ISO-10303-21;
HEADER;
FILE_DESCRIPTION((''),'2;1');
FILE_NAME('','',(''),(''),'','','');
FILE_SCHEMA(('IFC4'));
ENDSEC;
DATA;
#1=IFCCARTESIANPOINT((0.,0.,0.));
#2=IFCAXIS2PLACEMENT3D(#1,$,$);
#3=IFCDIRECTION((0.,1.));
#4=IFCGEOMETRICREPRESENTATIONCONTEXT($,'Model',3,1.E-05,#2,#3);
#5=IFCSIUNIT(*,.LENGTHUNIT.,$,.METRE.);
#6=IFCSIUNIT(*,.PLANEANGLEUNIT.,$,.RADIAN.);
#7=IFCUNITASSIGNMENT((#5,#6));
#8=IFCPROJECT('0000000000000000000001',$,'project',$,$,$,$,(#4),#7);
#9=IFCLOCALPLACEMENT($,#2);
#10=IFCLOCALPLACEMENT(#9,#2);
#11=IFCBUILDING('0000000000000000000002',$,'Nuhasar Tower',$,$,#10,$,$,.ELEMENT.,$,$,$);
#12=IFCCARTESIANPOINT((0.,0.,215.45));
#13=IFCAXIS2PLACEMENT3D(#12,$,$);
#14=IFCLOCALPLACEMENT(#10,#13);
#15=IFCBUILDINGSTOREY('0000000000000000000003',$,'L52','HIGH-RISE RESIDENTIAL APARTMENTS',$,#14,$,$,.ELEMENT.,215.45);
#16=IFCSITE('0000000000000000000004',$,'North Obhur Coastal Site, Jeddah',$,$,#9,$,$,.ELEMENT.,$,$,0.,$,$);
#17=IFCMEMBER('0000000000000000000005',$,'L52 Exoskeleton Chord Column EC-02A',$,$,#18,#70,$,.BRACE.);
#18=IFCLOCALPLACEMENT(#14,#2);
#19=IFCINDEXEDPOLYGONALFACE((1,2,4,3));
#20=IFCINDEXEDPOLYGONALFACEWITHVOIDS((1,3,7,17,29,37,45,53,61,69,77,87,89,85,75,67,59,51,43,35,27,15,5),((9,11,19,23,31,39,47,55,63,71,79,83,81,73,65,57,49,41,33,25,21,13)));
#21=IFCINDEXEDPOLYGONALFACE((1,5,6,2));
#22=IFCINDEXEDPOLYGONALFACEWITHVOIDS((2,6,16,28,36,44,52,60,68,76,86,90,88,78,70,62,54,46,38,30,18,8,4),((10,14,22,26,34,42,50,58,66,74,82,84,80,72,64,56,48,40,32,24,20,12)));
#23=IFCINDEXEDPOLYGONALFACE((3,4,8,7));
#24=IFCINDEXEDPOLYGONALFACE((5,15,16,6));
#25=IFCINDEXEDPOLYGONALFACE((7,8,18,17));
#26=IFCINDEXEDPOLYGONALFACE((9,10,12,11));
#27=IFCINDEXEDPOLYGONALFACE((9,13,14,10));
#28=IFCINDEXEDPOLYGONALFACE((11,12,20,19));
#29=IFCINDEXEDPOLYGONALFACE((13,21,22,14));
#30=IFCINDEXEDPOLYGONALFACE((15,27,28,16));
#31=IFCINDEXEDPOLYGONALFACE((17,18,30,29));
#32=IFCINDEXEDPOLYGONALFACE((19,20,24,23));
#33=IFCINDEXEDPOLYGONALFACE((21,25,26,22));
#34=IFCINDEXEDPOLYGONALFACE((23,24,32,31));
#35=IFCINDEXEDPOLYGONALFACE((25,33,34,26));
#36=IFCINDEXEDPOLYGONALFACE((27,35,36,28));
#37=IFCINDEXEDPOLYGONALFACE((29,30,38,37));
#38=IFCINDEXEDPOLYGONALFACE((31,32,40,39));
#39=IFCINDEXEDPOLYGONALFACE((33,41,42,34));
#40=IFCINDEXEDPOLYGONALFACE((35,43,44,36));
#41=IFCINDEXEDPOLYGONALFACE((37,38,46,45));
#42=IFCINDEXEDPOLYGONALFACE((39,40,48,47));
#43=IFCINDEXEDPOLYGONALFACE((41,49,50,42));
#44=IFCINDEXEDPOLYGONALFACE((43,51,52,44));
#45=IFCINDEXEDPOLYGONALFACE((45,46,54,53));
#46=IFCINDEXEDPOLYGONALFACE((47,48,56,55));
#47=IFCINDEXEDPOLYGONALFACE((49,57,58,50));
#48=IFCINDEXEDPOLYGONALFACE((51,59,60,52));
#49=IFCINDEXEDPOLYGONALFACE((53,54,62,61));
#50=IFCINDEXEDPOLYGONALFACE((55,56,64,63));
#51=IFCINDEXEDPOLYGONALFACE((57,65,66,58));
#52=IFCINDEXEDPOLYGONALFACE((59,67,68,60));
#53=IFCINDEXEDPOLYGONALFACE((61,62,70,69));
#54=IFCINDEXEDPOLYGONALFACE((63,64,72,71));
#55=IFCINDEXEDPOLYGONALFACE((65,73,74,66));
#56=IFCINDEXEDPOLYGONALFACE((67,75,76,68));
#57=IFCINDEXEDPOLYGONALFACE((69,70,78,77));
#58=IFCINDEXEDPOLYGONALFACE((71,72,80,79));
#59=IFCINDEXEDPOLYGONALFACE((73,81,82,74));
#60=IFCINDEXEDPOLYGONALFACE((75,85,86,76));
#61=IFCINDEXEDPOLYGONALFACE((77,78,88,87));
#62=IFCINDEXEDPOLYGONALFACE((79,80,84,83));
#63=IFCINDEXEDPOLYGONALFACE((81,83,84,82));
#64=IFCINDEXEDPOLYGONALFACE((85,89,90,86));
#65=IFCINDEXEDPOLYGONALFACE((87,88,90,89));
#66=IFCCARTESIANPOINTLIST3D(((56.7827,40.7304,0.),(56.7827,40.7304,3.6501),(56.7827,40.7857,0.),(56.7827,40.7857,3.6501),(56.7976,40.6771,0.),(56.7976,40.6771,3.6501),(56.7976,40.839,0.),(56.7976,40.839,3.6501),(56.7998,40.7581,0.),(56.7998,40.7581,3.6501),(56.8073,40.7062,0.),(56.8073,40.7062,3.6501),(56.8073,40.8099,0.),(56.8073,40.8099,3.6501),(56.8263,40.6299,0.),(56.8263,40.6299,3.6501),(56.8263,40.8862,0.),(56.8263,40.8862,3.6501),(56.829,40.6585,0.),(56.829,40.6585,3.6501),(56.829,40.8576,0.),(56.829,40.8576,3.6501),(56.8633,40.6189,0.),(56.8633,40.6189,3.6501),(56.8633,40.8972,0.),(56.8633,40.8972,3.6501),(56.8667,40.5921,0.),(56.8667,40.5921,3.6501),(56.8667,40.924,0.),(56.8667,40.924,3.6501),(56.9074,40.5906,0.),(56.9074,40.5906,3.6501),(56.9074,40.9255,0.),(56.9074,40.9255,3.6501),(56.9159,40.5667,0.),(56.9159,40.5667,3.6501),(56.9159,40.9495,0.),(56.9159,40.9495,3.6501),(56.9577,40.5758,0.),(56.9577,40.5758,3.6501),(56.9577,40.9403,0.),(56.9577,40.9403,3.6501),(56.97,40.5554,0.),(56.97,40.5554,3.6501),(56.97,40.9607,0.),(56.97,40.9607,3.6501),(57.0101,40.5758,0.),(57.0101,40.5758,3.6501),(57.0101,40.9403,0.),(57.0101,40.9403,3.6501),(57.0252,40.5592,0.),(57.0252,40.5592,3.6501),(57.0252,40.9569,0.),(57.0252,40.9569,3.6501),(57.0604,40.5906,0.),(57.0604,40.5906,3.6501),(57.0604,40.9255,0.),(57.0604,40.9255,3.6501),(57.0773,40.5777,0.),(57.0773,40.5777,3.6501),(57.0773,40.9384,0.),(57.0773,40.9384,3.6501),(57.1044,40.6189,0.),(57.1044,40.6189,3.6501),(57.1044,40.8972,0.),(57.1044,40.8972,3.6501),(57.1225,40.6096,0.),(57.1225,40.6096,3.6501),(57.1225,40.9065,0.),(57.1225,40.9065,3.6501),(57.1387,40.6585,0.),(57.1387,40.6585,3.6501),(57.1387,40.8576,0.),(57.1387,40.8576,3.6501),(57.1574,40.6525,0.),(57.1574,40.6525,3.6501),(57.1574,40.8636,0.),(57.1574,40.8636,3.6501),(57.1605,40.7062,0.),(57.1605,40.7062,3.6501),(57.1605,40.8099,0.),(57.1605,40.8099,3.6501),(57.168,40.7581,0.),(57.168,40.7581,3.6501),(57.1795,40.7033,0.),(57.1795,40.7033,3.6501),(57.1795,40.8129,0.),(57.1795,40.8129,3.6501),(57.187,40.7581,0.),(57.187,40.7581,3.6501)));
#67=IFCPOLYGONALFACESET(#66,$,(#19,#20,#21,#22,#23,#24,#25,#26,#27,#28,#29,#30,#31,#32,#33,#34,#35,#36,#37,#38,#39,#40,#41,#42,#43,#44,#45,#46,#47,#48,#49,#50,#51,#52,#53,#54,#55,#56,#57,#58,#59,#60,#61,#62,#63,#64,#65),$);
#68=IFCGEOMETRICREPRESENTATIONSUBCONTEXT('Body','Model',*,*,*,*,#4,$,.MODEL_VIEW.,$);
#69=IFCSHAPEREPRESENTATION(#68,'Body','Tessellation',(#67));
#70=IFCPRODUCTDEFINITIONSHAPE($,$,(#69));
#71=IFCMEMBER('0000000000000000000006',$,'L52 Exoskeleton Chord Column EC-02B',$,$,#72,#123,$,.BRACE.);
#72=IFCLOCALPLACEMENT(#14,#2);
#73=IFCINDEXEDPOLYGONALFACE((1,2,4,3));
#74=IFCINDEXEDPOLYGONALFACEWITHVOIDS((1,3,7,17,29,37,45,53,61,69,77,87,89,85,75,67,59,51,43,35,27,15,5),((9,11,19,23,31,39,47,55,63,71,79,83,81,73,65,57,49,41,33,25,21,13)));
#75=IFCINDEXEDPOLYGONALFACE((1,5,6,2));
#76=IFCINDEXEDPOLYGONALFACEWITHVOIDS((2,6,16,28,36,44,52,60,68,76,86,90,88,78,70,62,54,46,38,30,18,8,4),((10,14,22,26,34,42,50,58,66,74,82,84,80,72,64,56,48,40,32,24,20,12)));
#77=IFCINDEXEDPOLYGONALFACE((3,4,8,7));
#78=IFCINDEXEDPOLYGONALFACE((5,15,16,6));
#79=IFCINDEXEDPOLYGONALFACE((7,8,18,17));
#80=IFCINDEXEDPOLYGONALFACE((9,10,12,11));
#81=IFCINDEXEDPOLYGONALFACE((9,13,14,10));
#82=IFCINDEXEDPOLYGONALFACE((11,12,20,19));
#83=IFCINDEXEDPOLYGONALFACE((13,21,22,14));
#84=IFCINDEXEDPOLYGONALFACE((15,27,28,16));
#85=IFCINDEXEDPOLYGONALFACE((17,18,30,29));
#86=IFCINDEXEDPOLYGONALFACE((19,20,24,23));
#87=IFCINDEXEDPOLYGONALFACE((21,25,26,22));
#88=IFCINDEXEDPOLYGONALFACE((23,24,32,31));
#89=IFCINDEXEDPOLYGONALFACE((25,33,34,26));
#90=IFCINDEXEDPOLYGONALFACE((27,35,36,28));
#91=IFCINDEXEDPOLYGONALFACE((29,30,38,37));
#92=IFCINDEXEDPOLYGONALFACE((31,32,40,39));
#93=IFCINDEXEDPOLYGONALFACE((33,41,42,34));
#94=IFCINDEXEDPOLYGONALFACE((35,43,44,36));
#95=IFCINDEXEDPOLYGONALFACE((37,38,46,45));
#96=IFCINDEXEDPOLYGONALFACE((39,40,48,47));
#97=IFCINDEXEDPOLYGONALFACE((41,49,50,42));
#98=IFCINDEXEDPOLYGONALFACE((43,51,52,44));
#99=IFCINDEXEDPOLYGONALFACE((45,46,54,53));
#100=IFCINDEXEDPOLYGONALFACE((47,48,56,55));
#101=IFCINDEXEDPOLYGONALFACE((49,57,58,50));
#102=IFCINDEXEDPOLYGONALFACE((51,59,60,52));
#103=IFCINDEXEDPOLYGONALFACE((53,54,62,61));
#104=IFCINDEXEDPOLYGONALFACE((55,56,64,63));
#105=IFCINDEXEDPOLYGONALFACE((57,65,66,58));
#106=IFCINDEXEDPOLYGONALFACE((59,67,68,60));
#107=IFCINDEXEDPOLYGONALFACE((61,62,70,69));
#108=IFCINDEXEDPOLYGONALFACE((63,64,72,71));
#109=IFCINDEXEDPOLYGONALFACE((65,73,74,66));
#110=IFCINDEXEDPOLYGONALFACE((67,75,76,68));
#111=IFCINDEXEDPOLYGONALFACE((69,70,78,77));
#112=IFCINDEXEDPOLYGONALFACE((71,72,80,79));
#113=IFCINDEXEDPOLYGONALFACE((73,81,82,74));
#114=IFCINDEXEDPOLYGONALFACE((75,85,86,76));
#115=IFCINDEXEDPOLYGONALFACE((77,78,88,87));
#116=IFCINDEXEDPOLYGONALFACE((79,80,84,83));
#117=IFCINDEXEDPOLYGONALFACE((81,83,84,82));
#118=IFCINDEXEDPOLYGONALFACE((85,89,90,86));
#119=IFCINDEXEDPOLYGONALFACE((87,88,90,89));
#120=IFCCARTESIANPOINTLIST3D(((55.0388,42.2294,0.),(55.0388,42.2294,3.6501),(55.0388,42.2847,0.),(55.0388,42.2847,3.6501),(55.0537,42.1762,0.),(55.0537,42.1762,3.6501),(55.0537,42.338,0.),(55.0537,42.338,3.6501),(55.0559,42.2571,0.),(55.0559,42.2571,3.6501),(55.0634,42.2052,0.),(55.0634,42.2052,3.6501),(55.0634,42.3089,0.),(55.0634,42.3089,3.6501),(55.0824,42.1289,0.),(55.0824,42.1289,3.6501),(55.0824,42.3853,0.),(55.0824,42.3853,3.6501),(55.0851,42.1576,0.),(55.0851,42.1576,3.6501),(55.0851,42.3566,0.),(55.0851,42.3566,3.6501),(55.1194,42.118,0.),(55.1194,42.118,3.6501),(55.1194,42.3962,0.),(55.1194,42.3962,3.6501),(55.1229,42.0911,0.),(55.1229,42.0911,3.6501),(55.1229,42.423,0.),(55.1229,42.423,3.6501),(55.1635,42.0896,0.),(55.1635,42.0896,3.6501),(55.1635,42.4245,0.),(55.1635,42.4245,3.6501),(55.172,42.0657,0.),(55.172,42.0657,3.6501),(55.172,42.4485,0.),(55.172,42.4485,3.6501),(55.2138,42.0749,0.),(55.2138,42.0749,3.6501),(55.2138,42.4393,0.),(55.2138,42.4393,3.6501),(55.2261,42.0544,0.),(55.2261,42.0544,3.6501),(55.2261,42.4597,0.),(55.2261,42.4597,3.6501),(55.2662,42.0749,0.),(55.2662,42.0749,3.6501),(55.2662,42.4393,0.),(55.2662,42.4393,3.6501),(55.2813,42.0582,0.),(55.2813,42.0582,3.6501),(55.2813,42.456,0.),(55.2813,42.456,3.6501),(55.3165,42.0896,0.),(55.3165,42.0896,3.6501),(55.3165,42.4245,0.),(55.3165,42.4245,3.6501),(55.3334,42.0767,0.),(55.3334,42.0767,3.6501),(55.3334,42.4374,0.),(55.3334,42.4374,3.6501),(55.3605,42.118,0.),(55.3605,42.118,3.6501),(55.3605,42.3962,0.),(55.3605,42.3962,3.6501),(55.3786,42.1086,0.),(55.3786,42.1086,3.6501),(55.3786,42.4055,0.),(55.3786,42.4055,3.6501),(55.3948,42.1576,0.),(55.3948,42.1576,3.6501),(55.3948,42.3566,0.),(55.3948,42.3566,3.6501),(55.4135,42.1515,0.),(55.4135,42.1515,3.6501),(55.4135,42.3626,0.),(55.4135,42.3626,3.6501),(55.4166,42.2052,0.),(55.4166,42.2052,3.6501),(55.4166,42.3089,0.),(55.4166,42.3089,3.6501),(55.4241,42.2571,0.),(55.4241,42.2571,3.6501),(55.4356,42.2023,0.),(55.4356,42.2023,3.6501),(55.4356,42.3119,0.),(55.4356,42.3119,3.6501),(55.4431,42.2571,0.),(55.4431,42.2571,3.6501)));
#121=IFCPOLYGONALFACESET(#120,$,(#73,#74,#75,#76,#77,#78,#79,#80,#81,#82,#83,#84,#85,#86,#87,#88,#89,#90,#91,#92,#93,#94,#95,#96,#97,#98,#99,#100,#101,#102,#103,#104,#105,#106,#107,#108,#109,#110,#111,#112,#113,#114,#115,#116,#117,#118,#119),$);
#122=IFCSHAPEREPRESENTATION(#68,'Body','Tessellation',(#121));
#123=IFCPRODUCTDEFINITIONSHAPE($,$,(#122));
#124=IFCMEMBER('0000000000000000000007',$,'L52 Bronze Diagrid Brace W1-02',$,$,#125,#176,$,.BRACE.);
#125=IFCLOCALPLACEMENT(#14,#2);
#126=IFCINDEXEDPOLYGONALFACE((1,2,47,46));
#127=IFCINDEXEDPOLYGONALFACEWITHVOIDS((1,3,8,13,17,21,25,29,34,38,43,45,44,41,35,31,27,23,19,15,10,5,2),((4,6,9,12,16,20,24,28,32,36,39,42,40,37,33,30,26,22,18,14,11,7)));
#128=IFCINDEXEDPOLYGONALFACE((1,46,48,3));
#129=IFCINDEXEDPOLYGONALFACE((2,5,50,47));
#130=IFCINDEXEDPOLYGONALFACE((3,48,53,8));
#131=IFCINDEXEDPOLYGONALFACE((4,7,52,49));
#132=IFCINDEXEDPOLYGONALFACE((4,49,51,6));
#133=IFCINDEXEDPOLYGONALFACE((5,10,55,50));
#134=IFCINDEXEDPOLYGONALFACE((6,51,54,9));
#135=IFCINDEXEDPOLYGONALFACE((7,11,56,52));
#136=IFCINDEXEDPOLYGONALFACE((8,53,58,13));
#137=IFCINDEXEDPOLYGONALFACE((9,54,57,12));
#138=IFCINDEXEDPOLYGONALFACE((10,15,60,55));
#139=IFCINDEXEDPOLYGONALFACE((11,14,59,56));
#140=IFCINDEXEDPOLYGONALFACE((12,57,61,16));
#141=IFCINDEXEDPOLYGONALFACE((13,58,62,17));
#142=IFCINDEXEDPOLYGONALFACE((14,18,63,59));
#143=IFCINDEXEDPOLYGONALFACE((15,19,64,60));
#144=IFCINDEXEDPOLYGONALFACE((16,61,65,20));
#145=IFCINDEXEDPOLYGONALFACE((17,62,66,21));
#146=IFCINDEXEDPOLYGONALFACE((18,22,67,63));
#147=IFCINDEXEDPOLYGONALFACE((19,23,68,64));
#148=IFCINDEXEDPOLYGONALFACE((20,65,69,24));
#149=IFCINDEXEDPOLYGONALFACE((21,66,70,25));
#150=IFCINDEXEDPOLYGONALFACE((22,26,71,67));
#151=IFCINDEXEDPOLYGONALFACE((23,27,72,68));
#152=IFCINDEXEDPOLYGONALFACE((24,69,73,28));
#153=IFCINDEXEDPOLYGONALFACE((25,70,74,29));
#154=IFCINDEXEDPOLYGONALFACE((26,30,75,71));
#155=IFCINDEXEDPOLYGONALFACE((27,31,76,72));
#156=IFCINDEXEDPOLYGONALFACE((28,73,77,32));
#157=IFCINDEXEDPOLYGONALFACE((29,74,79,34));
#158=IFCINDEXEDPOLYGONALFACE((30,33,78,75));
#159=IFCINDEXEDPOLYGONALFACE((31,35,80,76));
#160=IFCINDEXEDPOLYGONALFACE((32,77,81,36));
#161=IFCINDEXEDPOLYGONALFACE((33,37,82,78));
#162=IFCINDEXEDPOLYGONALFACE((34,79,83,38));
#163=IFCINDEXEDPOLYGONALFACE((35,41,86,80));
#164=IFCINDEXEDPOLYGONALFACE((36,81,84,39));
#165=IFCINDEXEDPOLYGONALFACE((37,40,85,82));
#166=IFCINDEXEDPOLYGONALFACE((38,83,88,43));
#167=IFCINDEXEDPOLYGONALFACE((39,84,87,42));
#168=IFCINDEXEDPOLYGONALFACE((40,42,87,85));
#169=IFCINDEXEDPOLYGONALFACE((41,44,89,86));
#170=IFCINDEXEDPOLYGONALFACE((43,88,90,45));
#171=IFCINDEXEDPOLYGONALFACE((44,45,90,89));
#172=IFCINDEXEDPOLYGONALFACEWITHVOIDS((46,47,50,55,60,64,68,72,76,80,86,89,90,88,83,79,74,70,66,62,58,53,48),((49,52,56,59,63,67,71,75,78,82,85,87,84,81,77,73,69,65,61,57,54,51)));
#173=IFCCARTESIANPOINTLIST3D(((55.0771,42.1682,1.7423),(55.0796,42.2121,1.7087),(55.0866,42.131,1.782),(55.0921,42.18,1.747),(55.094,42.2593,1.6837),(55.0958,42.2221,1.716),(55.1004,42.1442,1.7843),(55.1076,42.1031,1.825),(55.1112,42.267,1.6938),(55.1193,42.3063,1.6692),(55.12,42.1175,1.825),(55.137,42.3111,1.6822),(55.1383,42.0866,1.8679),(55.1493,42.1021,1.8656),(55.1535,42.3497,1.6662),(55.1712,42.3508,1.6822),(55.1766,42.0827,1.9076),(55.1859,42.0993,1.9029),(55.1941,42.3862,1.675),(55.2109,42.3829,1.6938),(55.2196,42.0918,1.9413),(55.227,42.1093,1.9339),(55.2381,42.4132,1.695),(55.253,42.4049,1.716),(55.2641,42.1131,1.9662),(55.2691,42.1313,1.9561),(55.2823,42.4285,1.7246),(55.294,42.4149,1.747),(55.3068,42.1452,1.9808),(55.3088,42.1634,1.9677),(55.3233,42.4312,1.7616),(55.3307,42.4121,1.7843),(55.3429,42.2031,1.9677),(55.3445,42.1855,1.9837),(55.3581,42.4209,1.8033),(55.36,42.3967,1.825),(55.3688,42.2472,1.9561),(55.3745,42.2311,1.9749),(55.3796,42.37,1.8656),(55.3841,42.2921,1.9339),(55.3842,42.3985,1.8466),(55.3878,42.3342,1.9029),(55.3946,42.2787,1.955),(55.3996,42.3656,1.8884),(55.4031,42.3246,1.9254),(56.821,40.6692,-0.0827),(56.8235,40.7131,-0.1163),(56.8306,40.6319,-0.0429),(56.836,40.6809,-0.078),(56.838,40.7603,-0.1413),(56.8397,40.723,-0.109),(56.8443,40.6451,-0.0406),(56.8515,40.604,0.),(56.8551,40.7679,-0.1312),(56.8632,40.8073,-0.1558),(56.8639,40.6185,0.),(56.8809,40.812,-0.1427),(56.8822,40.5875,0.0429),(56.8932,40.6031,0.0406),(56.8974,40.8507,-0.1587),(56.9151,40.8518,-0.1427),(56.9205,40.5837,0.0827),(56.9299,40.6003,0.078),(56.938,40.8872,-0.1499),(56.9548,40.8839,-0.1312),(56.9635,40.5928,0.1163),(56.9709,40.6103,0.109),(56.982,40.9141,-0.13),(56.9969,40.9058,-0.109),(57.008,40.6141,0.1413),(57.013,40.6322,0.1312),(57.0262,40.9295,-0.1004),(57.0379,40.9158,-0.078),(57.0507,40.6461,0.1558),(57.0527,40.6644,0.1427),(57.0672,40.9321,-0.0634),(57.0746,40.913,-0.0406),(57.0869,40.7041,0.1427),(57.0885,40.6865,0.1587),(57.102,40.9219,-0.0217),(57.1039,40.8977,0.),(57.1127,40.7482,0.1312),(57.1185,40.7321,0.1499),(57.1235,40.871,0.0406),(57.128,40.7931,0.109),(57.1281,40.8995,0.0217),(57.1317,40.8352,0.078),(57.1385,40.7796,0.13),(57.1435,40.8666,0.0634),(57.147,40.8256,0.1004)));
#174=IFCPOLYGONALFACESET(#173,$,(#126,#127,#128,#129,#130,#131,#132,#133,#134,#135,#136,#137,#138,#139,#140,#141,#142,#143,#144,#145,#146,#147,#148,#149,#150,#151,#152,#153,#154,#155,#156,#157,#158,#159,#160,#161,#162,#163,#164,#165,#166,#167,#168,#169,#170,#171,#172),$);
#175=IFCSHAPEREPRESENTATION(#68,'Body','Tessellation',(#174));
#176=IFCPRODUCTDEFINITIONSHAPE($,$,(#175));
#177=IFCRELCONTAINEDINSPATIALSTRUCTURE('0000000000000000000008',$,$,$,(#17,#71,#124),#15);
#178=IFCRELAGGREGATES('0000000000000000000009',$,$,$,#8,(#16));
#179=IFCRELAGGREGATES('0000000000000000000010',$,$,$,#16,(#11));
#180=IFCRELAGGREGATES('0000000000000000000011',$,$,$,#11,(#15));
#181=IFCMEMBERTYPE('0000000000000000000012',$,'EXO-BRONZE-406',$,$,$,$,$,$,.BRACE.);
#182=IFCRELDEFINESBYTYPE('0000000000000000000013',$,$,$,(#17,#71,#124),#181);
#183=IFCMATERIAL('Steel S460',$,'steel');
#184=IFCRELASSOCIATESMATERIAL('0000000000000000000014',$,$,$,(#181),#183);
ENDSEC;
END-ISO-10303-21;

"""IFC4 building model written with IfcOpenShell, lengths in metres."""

from ifc_helpers import new_model, si_unit, direction, frame, origin, origin_2d, place, context, subcontext, project, spatial, hollow_circle, extrude, material, material_profile, profile_set, type_object, element, save


model = new_model("IFC4")

# Units and contexts
model_context = context("Model", 3, precision=1e-05, world=origin(), true_north=direction((0.0, 1.0)))
body_context = subcontext(model_context, "Body", "Model", "MODEL_VIEW")
ifc_project = project(units=[si_unit("LENGTHUNIT", "METRE"), si_unit("PLANEANGLEUNIT", "RADIAN")], contexts=[model_context])

# Site, building, storey
site_placement = place(None, origin())
site = spatial("IfcSite", under=ifc_project, at=site_placement, Name="North Obhur Coastal Site, Jeddah", CompositionType="ELEMENT", RefElevation=0.0)
building_placement = place(site_placement, origin())
building = spatial("IfcBuilding", under=site, at=building_placement, Name="Nuhasar Tower", CompositionType="ELEMENT")
storey_placement = place(building_placement, frame((0.0, 0.0, 215.45)))
storey = spatial("IfcBuildingStorey", under=building, at=storey_placement, Name="L52", Description="HIGH-RISE RESIDENTIAL APARTMENTS", CompositionType="ELEMENT", Elevation=215.45)

# Members
ifc_material_1 = material(Name="Steel S460", Category="steel")
ifc_material_profile_1 = material_profile(ifc_material_1, hollow_circle(Radius=0.2031, WallThickness=0.019, at=origin_2d()), Name="HSS406.4X19.1")
ifc_profile_set_1 = profile_set([ifc_material_profile_1], Name="Steel S460")
member_type_1 = type_object("IfcMemberType", Name="EXO-BRONZE-406", PredefinedType="BRACE", material=ifc_profile_set_1)
for number, where, z_axis, x_axis, name in (
    (1, (56.9839, 40.7581, 0.0), (0.0, 0.0, 1.0), (1.0, 0.0, 0.0), "L52 Exoskeleton Chord Column EC-02A"),
    (2, (55.24, 42.2571, 0.0), (0.0, 0.0, 1.0), (1.0, 0.0, 0.0), "L52 Exoskeleton Chord Column EC-02B"),
):
    element("IfcMember", number, at=place(storey_placement, frame(where, z_axis=z_axis, x_axis=x_axis)), inside=storey, type_object=member_type_1, Name=name, PredefinedType="BRACE", context=body_context, shape_type="SweptSolid", body=[
        extrude(hollow_circle(Radius=0.2031, WallThickness=0.019, at=origin_2d()), origin(), (0.0, 0.0, 1.0), 3.6501),
    ])
for number, where, z_axis, x_axis, name in (
    (3, (56.9839, 40.7581, 0.0), (-0.594019, 0.510608, 0.621628), (-0.651857, -0.758342, 0.0), "L52 Bronze Diagrid Brace W1-02"),
):
    element("IfcMember", number, at=place(storey_placement, frame(where, z_axis=z_axis, x_axis=x_axis)), inside=storey, type_object=member_type_1, Name=name, PredefinedType="BRACE", context=body_context, shape_type="SweptSolid", body=[
        extrude(hollow_circle(Radius=0.2031, WallThickness=0.019, at=origin_2d()), origin(), (0.0, 0.0, 1.0), 2.9358),
    ])

save(model, "model.ifc")
